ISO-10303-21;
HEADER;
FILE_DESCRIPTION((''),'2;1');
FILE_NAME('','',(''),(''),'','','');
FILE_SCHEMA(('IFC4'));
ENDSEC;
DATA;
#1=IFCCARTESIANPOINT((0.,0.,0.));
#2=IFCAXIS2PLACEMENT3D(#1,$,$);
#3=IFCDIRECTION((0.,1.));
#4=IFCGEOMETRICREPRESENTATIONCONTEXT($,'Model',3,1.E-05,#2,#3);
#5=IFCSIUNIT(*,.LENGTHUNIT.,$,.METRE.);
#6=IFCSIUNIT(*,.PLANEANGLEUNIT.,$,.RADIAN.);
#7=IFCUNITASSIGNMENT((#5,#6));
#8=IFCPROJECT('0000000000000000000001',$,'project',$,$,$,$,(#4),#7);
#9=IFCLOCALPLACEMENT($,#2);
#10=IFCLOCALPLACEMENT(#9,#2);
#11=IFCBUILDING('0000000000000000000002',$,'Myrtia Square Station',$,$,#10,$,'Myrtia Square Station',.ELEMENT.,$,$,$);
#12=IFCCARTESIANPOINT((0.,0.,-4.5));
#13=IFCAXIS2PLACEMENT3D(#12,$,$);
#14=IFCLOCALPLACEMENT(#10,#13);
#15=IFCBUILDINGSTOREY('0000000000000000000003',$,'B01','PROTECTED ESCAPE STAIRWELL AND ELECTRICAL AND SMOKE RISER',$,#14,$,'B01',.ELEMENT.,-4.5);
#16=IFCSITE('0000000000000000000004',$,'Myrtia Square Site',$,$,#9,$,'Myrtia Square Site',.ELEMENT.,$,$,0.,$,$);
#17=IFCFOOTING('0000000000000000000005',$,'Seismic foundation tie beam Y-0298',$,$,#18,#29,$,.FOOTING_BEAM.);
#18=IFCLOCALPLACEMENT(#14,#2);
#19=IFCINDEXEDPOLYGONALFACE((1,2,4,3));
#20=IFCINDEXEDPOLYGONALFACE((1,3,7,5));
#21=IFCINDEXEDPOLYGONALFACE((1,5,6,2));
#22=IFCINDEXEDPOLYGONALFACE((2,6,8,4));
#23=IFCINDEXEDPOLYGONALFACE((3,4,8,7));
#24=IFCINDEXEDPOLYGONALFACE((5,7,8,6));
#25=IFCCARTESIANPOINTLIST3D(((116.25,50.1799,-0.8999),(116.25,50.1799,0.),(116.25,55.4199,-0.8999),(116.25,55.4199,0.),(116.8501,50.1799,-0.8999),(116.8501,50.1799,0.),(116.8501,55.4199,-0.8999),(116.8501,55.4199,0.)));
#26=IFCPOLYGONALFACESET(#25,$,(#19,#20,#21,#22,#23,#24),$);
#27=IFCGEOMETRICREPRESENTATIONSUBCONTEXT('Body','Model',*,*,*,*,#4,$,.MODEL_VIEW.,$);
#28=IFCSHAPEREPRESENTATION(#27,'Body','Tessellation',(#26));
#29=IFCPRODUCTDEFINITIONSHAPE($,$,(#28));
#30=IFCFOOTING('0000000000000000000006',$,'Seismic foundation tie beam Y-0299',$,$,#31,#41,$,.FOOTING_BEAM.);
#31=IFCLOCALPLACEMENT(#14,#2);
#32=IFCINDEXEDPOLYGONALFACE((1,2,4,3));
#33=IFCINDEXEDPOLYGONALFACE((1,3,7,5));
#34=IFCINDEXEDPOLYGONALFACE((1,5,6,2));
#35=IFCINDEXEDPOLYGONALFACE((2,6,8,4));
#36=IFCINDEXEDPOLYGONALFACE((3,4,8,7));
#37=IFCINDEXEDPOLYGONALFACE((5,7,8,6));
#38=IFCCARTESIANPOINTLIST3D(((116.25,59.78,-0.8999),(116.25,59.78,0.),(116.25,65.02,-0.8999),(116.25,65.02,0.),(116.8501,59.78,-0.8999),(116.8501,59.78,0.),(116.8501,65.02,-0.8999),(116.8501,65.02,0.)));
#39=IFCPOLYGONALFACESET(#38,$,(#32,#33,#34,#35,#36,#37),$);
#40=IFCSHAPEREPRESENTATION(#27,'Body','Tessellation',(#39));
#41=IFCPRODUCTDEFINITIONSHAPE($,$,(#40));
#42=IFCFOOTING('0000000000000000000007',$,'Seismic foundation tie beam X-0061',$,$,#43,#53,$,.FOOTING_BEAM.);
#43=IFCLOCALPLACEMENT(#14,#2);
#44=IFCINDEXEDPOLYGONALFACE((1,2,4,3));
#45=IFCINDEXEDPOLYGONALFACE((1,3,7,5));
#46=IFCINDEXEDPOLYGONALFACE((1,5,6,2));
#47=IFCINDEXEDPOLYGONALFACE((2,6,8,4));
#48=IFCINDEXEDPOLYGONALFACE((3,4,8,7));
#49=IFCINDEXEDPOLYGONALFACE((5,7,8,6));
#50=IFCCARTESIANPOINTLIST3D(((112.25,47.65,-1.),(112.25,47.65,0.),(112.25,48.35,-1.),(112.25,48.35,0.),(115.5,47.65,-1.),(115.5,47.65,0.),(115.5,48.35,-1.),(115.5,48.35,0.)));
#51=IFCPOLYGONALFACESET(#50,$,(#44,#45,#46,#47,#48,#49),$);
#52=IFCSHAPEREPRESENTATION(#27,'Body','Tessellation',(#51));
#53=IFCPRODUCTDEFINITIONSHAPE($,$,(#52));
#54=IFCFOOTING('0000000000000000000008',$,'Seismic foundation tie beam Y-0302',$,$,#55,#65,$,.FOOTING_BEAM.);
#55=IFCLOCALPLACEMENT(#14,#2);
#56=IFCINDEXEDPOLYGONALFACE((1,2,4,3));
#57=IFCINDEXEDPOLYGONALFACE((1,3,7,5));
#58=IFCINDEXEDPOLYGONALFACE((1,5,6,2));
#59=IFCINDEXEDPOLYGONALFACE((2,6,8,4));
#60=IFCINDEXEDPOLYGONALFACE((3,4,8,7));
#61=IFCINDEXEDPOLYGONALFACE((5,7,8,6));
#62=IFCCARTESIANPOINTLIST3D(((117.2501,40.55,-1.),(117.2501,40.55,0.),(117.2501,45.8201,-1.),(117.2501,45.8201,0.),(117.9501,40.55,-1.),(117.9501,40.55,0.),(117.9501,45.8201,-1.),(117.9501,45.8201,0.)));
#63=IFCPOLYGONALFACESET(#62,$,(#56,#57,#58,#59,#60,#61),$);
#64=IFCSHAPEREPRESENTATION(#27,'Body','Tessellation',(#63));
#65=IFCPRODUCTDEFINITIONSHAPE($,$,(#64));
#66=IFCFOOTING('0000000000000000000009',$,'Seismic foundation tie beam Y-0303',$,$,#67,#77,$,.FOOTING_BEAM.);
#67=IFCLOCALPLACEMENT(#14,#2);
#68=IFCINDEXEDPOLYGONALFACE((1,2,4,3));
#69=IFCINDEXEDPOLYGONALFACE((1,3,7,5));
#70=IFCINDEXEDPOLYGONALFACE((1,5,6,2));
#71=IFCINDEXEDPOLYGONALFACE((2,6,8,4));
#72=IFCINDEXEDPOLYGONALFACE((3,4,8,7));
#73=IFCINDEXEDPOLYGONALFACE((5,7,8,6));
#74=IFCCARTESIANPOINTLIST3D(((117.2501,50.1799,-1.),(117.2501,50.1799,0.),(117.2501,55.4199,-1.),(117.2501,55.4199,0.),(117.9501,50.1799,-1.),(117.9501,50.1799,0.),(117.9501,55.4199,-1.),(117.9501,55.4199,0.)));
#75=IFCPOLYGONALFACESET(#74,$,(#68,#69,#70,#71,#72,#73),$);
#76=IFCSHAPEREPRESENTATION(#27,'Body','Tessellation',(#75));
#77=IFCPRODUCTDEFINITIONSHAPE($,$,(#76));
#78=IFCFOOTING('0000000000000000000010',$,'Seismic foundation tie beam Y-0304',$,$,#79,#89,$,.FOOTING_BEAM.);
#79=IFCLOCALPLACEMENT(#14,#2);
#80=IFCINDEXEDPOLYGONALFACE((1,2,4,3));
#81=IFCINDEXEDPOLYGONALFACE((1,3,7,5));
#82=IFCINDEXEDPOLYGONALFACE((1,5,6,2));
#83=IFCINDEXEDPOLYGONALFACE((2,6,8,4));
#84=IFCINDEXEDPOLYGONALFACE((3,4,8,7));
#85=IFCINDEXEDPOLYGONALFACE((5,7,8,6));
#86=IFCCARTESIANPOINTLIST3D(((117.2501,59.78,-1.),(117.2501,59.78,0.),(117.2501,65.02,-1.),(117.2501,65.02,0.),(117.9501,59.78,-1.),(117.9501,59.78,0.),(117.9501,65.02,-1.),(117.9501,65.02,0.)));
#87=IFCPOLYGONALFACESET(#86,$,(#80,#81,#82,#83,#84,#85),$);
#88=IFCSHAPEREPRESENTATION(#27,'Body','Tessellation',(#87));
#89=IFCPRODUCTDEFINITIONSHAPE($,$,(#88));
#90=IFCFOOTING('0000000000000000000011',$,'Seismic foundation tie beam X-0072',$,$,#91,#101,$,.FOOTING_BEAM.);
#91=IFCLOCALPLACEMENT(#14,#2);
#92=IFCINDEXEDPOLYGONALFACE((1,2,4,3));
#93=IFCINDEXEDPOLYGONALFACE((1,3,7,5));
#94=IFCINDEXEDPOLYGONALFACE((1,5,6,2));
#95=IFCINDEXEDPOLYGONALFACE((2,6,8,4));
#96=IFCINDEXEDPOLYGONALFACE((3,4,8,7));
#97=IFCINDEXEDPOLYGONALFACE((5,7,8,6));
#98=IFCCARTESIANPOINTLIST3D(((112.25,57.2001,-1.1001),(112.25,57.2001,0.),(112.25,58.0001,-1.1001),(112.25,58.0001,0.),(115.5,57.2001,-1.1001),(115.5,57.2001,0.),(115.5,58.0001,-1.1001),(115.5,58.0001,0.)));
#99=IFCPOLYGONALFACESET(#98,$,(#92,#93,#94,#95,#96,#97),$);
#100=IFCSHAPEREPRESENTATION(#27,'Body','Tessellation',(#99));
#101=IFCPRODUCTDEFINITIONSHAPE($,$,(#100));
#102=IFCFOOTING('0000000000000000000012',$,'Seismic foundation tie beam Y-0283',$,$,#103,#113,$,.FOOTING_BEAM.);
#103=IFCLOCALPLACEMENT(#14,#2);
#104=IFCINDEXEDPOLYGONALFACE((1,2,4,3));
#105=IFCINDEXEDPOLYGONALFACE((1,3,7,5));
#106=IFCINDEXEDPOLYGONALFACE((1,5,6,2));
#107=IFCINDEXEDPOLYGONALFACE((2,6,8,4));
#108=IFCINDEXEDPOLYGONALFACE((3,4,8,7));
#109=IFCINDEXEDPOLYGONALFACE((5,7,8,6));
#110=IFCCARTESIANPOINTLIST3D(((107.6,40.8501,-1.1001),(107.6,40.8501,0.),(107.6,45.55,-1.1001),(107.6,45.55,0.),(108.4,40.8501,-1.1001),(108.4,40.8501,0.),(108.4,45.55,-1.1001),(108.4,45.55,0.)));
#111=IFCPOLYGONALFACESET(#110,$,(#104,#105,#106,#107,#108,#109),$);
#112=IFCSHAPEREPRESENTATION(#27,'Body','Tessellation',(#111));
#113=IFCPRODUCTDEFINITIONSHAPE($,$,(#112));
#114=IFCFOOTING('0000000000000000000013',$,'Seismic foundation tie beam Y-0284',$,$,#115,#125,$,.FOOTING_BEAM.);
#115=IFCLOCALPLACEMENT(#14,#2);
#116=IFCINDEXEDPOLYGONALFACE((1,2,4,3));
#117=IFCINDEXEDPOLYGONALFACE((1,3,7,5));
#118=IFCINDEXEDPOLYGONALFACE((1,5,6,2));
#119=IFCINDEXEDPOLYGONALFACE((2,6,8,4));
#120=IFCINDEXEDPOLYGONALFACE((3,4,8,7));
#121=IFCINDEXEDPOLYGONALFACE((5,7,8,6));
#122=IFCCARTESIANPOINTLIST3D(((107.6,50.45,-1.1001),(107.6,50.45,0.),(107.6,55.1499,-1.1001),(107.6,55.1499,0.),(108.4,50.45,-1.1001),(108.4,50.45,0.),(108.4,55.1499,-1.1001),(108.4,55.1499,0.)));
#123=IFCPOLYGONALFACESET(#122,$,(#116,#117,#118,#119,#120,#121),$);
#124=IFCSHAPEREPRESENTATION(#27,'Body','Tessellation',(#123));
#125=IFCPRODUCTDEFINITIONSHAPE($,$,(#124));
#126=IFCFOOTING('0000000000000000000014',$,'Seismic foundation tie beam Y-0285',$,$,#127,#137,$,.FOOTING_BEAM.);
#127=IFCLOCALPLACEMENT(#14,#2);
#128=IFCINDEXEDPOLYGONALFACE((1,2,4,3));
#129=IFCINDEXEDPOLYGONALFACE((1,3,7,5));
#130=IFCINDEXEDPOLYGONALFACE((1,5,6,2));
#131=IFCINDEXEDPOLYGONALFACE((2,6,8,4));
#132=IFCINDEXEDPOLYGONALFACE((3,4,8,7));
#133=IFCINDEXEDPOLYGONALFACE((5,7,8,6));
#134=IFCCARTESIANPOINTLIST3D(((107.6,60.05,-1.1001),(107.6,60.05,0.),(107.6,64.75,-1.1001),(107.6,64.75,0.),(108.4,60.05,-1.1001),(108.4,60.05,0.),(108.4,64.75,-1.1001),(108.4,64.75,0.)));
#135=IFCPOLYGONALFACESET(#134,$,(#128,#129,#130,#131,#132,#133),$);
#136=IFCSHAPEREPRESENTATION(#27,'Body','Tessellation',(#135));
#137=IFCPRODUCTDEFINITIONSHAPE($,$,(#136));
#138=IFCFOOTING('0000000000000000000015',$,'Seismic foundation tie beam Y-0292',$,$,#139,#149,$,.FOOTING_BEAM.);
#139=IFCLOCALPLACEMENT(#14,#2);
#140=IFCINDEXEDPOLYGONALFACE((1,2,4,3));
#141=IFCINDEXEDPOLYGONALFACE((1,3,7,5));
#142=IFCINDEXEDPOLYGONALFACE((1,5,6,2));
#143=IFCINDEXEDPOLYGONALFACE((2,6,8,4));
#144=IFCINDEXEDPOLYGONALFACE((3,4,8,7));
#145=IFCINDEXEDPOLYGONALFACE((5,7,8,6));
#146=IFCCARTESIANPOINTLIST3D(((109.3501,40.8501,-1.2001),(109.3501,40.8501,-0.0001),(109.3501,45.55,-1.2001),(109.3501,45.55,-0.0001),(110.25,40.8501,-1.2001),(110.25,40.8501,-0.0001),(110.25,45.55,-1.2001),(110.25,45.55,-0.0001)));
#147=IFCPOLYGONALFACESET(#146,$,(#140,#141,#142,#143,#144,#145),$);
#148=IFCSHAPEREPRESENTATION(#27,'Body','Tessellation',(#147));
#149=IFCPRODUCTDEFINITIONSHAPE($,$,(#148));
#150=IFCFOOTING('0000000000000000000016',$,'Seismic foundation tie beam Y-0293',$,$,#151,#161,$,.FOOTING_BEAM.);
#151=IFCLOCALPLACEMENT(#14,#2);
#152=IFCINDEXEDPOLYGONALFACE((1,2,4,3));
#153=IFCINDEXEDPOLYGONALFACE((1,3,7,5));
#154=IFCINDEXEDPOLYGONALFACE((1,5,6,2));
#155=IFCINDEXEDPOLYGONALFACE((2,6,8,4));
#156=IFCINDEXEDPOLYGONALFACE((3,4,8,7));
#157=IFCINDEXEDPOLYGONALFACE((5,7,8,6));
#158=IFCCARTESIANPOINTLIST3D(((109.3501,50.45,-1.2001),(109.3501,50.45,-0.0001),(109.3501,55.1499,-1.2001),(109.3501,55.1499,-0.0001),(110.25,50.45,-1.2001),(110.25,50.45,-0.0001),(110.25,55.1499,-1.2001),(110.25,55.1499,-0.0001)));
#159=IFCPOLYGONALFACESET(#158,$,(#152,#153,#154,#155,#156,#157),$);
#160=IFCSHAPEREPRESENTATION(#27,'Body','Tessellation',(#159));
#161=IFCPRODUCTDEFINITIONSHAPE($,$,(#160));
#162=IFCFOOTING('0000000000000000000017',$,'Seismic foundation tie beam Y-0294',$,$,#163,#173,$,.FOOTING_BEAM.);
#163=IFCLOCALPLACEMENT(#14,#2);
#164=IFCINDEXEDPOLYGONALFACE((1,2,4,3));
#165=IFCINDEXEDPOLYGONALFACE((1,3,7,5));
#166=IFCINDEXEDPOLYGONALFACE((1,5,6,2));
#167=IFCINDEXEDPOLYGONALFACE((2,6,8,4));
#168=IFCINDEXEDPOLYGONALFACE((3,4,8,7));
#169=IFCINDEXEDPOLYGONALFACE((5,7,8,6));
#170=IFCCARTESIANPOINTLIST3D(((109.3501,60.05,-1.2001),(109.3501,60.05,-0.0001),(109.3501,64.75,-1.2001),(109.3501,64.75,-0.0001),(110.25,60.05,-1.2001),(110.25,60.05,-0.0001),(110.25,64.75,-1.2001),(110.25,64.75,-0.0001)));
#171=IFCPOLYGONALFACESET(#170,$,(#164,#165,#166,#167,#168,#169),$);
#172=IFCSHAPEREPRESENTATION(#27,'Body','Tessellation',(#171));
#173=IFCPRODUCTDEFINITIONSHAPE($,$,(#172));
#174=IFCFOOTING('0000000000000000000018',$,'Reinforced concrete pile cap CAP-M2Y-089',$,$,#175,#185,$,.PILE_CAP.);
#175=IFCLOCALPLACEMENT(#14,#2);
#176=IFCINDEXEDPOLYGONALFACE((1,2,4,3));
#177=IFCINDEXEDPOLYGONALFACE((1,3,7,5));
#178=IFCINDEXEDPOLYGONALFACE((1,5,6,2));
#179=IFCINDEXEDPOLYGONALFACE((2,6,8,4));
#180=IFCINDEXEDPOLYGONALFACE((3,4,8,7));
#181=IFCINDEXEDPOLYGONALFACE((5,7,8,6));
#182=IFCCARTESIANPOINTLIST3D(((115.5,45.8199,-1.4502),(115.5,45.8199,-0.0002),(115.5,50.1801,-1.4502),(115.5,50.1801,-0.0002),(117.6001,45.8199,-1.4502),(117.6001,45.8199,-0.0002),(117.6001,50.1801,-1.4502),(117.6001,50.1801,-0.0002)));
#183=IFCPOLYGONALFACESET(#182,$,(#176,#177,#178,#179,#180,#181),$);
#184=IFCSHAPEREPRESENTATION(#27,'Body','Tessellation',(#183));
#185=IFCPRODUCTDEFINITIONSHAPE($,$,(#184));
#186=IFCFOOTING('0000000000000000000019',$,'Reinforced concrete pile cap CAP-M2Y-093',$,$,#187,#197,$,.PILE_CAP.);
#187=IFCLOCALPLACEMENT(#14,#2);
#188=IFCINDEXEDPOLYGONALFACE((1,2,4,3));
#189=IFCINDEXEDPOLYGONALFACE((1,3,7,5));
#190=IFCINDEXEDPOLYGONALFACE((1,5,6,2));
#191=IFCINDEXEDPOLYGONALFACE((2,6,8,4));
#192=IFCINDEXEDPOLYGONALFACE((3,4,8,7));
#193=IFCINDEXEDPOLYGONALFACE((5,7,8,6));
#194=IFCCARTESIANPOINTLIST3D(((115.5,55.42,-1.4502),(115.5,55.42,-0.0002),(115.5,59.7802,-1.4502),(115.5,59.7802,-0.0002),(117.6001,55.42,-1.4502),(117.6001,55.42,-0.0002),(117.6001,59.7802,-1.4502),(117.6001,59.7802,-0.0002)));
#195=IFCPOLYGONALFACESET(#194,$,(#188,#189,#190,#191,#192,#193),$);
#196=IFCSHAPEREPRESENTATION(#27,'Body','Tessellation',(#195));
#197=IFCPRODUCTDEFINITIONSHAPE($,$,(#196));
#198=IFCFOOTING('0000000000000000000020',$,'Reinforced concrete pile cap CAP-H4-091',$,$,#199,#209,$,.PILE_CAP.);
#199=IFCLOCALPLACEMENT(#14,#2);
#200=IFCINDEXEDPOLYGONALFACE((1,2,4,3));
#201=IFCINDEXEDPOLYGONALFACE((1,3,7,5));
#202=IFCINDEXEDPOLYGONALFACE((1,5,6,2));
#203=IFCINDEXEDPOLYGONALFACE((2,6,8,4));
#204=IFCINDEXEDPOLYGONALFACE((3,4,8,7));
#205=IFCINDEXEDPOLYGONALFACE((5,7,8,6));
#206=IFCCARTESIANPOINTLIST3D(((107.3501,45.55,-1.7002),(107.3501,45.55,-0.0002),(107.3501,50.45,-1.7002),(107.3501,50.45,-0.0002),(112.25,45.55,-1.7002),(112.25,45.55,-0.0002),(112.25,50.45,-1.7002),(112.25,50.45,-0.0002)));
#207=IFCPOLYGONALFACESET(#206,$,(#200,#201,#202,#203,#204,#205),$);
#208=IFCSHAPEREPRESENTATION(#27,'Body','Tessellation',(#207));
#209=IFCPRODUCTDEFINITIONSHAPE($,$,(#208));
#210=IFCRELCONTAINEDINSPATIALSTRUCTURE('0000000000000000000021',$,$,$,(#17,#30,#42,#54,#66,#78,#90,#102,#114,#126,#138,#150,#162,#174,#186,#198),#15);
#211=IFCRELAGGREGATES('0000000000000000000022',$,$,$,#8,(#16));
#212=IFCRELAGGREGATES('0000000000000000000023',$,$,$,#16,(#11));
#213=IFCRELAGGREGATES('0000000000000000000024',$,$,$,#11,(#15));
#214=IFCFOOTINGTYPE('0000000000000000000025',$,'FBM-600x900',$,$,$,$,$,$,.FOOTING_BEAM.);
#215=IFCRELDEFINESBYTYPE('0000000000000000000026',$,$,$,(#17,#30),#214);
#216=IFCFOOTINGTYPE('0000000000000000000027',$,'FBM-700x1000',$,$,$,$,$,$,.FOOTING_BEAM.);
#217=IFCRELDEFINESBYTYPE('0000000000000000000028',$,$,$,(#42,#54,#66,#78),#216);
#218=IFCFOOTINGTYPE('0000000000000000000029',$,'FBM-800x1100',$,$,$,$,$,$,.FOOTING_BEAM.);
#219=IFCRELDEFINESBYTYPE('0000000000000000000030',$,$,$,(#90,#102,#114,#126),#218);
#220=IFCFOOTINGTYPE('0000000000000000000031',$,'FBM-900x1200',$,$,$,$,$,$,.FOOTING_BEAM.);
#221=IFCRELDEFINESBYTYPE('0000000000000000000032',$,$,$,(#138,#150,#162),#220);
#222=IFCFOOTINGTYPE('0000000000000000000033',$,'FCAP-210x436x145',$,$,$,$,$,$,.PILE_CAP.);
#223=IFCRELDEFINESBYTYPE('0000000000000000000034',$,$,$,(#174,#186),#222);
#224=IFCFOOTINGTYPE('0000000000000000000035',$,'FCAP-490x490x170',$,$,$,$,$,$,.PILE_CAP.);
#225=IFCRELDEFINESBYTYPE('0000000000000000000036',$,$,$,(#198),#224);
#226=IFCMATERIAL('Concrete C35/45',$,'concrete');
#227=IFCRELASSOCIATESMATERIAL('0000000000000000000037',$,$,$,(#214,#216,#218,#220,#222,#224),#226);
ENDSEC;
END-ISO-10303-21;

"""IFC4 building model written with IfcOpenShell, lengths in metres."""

from ifc_helpers import new_model, si_unit, direction, frame, origin, origin_2d, place, context, subcontext, project, spatial, rectangle, extrude, material, material_profile, profile_set, type_object, element, save


model = new_model("IFC4")

# Units and contexts
model_context = context("Model", 3, precision=1e-05, world=origin(), true_north=direction((0.0, 1.0)))
body_context = subcontext(model_context, "Body", "Model", "MODEL_VIEW")
ifc_project = project(units=[si_unit("LENGTHUNIT", "METRE"), si_unit("PLANEANGLEUNIT", "RADIAN")], contexts=[model_context])

# Site, building, storey
site_placement = place(None, origin())
site = spatial("IfcSite", under=ifc_project, at=site_placement, Name="Myrtia Square Site", LongName="Myrtia Square Site", CompositionType="ELEMENT", RefElevation=0.0)
building_placement = place(site_placement, origin())
building = spatial("IfcBuilding", under=site, at=building_placement, Name="Myrtia Square Station", LongName="Myrtia Square Station", CompositionType="ELEMENT")
storey_placement = place(building_placement, frame((0.0, 0.0, -4.5)))
storey = spatial("IfcBuildingStorey", under=building, at=storey_placement, Name="B01", Description="PROTECTED ESCAPE STAIRWELL AND ELECTRICAL AND SMOKE RISER", LongName="B01", CompositionType="ELEMENT", Elevation=-4.5)

# Footings
ifc_material_1 = material(Name="Concrete C35/45", Category="concrete")
ifc_material_profile_1 = material_profile(ifc_material_1, rectangle(XDim=0.6001, YDim=0.8999, at=origin_2d()), Name="FB 600x900")
ifc_profile_set_1 = profile_set([ifc_material_profile_1], Name="Concrete C35/45")
footing_type_1 = type_object("IfcFootingType", Name="FBM-600x900", PredefinedType="FOOTING_BEAM", material=ifc_profile_set_1)
for number, where, z_axis, x_axis, name in (
    (1, (116.55, 50.1799, -0.45), (0.0, 1.0, 0.0), (-1.0, 0.0, 0.0), "Seismic foundation tie beam Y-0298"),
    (2, (116.55, 59.78, -0.45), (0.0, 1.0, 0.0), (-1.0, 0.0, 0.0), "Seismic foundation tie beam Y-0299"),
):
    element("IfcFooting", number, at=place(storey_placement, frame(where, z_axis=z_axis, x_axis=x_axis)), inside=storey, type_object=footing_type_1, Name=name, PredefinedType="FOOTING_BEAM", context=body_context, shape_type="SweptSolid", body=[
        extrude(rectangle(XDim=0.6001, YDim=0.8999, at=origin_2d()), origin(), (0.0, 0.0, 1.0), 5.24),
    ])
ifc_material_profile_2 = material_profile(ifc_material_1, rectangle(XDim=0.7, YDim=1.0, at=origin_2d()), Name="FB 700x1000")
ifc_profile_set_2 = profile_set([ifc_material_profile_2], Name="Concrete C35/45")
footing_type_2 = type_object("IfcFootingType", Name="FBM-700x1000", PredefinedType="FOOTING_BEAM", material=ifc_profile_set_2)
footing_1_placement = place(storey_placement, frame((112.25, 48.0, -0.5), z_axis=(1.0, 0.0, 0.0), x_axis=(0.0, 1.0, 0.0)))
element("IfcFooting", 3, at=footing_1_placement, inside=storey, type_object=footing_type_2, Name="Seismic foundation tie beam X-0061", PredefinedType="FOOTING_BEAM", context=body_context, shape_type="SweptSolid", body=[
    extrude(rectangle(XDim=0.7, YDim=1.0, at=origin_2d()), origin(), (0.0, 0.0, 1.0), 3.25),
])
footing_2_placement = place(storey_placement, frame((117.6001, 40.55, -0.5), z_axis=(0.0, 1.0, 0.0), x_axis=(-1.0, 0.0, 0.0)))
element("IfcFooting", 4, at=footing_2_placement, inside=storey, type_object=footing_type_2, Name="Seismic foundation tie beam Y-0302", PredefinedType="FOOTING_BEAM", context=body_context, shape_type="SweptSolid", body=[
    extrude(rectangle(XDim=0.7, YDim=1.0, at=origin_2d()), origin(), (0.0, 0.0, 1.0), 5.27),
])
for number, where, z_axis, x_axis, name in (
    (5, (117.6001, 50.1799, -0.5), (0.0, 1.0, 0.0), (-1.0, 0.0, 0.0), "Seismic foundation tie beam Y-0303"),
    (6, (117.6001, 59.78, -0.5), (0.0, 1.0, 0.0), (-1.0, 0.0, 0.0), "Seismic foundation tie beam Y-0304"),
):
    element("IfcFooting", number, at=place(storey_placement, frame(where, z_axis=z_axis, x_axis=x_axis)), inside=storey, type_object=footing_type_2, Name=name, PredefinedType="FOOTING_BEAM", context=body_context, shape_type="SweptSolid", body=[
        extrude(rectangle(XDim=0.7, YDim=1.0, at=origin_2d()), origin(), (0.0, 0.0, 1.0), 5.24),
    ])
ifc_material_profile_3 = material_profile(ifc_material_1, rectangle(XDim=0.8, YDim=1.1001, at=origin_2d()), Name="FB 800x1100")
ifc_profile_set_3 = profile_set([ifc_material_profile_3], Name="Concrete C35/45")
footing_type_3 = type_object("IfcFootingType", Name="FBM-800x1100", PredefinedType="FOOTING_BEAM", material=ifc_profile_set_3)
footing_3_placement = place(storey_placement, frame((112.25, 57.6001, -0.55), z_axis=(1.0, 0.0, 0.0), x_axis=(0.0, 1.0, 0.0)))
element("IfcFooting", 7, at=footing_3_placement, inside=storey, type_object=footing_type_3, Name="Seismic foundation tie beam X-0072", PredefinedType="FOOTING_BEAM", context=body_context, shape_type="SweptSolid", body=[
    extrude(rectangle(XDim=0.8, YDim=1.1001, at=origin_2d()), origin(), (0.0, 0.0, 1.0), 3.25),
])
for number, where, z_axis, x_axis, name in (
    (8, (108.0, 40.8501, -0.55), (0.0, 1.0, 0.0), (-1.0, 0.0, 0.0), "Seismic foundation tie beam Y-0283"),
    (9, (108.0, 50.45, -0.55), (0.0, 1.0, 0.0), (-1.0, 0.0, 0.0), "Seismic foundation tie beam Y-0284"),
    (10, (108.0, 60.05, -0.55), (0.0, 1.0, 0.0), (-1.0, 0.0, 0.0), "Seismic foundation tie beam Y-0285"),
):
    element("IfcFooting", number, at=place(storey_placement, frame(where, z_axis=z_axis, x_axis=x_axis)), inside=storey, type_object=footing_type_3, Name=name, PredefinedType="FOOTING_BEAM", context=body_context, shape_type="SweptSolid", body=[
        extrude(rectangle(XDim=0.8, YDim=1.1001, at=origin_2d()), origin(), (0.0, 0.0, 1.0), 4.7),
    ])
ifc_material_profile_4 = material_profile(ifc_material_1, rectangle(XDim=0.8999, YDim=1.2, at=origin_2d()), Name="FB 900x1200")
ifc_profile_set_4 = profile_set([ifc_material_profile_4], Name="Concrete C35/45")
footing_type_4 = type_object("IfcFootingType", Name="FBM-900x1200", PredefinedType="FOOTING_BEAM", material=ifc_profile_set_4)
for number, where, z_axis, x_axis, name in (
    (11, (109.8, 40.8501, -0.6001), (0.0, 1.0, 0.0), (-1.0, 0.0, 0.0), "Seismic foundation tie beam Y-0292"),
    (12, (109.8, 50.45, -0.6001), (0.0, 1.0, 0.0), (-1.0, 0.0, 0.0), "Seismic foundation tie beam Y-0293"),
    (13, (109.8, 60.05, -0.6001), (0.0, 1.0, 0.0), (-1.0, 0.0, 0.0), "Seismic foundation tie beam Y-0294"),
):
    element("IfcFooting", number, at=place(storey_placement, frame(where, z_axis=z_axis, x_axis=x_axis)), inside=storey, type_object=footing_type_4, Name=name, PredefinedType="FOOTING_BEAM", context=body_context, shape_type="SweptSolid", body=[
        extrude(rectangle(XDim=0.8999, YDim=1.2, at=origin_2d()), origin(), (0.0, 0.0, 1.0), 4.7),
    ])
footing_type_5 = type_object("IfcFootingType", Name="FCAP-210x436x145", PredefinedType="PILE_CAP", material=ifc_material_1)
for number, where, z_axis, x_axis, name in (
    (14, (116.55, 48.0, -1.4502), (0.0, 0.0, 1.0), (1.0, 0.0, 0.0), "Reinforced concrete pile cap CAP-M2Y-089"),
    (15, (116.55, 57.6001, -1.4502), (0.0, 0.0, 1.0), (1.0, 0.0, 0.0), "Reinforced concrete pile cap CAP-M2Y-093"),
):
    element("IfcFooting", number, at=place(storey_placement, frame(where, z_axis=z_axis, x_axis=x_axis)), inside=storey, type_object=footing_type_5, Name=name, PredefinedType="PILE_CAP", context=body_context, shape_type="SweptSolid", body=[
        extrude(rectangle(XDim=2.1001, YDim=4.3601, at=origin_2d()), origin(), (0.0, 0.0, 1.0), 1.45),
    ])
footing_type_6 = type_object("IfcFootingType", Name="FCAP-490x490x170", PredefinedType="PILE_CAP", material=ifc_material_1)
for number, where, z_axis, x_axis, name in (
    (16, (109.8, 48.0, -1.7002), (0.0, 0.0, 1.0), (1.0, 0.0, 0.0), "Reinforced concrete pile cap CAP-H4-091"),
):
    element("IfcFooting", number, at=place(storey_placement, frame(where, z_axis=z_axis, x_axis=x_axis)), inside=storey, type_object=footing_type_6, Name=name, PredefinedType="PILE_CAP", context=body_context, shape_type="SweptSolid", body=[
        extrude(rectangle(XDim=4.8999, YDim=4.8999, at=origin_2d()), origin(), (0.0, 0.0, 1.0), 1.7),
    ])

save(model, "model.ifc")
